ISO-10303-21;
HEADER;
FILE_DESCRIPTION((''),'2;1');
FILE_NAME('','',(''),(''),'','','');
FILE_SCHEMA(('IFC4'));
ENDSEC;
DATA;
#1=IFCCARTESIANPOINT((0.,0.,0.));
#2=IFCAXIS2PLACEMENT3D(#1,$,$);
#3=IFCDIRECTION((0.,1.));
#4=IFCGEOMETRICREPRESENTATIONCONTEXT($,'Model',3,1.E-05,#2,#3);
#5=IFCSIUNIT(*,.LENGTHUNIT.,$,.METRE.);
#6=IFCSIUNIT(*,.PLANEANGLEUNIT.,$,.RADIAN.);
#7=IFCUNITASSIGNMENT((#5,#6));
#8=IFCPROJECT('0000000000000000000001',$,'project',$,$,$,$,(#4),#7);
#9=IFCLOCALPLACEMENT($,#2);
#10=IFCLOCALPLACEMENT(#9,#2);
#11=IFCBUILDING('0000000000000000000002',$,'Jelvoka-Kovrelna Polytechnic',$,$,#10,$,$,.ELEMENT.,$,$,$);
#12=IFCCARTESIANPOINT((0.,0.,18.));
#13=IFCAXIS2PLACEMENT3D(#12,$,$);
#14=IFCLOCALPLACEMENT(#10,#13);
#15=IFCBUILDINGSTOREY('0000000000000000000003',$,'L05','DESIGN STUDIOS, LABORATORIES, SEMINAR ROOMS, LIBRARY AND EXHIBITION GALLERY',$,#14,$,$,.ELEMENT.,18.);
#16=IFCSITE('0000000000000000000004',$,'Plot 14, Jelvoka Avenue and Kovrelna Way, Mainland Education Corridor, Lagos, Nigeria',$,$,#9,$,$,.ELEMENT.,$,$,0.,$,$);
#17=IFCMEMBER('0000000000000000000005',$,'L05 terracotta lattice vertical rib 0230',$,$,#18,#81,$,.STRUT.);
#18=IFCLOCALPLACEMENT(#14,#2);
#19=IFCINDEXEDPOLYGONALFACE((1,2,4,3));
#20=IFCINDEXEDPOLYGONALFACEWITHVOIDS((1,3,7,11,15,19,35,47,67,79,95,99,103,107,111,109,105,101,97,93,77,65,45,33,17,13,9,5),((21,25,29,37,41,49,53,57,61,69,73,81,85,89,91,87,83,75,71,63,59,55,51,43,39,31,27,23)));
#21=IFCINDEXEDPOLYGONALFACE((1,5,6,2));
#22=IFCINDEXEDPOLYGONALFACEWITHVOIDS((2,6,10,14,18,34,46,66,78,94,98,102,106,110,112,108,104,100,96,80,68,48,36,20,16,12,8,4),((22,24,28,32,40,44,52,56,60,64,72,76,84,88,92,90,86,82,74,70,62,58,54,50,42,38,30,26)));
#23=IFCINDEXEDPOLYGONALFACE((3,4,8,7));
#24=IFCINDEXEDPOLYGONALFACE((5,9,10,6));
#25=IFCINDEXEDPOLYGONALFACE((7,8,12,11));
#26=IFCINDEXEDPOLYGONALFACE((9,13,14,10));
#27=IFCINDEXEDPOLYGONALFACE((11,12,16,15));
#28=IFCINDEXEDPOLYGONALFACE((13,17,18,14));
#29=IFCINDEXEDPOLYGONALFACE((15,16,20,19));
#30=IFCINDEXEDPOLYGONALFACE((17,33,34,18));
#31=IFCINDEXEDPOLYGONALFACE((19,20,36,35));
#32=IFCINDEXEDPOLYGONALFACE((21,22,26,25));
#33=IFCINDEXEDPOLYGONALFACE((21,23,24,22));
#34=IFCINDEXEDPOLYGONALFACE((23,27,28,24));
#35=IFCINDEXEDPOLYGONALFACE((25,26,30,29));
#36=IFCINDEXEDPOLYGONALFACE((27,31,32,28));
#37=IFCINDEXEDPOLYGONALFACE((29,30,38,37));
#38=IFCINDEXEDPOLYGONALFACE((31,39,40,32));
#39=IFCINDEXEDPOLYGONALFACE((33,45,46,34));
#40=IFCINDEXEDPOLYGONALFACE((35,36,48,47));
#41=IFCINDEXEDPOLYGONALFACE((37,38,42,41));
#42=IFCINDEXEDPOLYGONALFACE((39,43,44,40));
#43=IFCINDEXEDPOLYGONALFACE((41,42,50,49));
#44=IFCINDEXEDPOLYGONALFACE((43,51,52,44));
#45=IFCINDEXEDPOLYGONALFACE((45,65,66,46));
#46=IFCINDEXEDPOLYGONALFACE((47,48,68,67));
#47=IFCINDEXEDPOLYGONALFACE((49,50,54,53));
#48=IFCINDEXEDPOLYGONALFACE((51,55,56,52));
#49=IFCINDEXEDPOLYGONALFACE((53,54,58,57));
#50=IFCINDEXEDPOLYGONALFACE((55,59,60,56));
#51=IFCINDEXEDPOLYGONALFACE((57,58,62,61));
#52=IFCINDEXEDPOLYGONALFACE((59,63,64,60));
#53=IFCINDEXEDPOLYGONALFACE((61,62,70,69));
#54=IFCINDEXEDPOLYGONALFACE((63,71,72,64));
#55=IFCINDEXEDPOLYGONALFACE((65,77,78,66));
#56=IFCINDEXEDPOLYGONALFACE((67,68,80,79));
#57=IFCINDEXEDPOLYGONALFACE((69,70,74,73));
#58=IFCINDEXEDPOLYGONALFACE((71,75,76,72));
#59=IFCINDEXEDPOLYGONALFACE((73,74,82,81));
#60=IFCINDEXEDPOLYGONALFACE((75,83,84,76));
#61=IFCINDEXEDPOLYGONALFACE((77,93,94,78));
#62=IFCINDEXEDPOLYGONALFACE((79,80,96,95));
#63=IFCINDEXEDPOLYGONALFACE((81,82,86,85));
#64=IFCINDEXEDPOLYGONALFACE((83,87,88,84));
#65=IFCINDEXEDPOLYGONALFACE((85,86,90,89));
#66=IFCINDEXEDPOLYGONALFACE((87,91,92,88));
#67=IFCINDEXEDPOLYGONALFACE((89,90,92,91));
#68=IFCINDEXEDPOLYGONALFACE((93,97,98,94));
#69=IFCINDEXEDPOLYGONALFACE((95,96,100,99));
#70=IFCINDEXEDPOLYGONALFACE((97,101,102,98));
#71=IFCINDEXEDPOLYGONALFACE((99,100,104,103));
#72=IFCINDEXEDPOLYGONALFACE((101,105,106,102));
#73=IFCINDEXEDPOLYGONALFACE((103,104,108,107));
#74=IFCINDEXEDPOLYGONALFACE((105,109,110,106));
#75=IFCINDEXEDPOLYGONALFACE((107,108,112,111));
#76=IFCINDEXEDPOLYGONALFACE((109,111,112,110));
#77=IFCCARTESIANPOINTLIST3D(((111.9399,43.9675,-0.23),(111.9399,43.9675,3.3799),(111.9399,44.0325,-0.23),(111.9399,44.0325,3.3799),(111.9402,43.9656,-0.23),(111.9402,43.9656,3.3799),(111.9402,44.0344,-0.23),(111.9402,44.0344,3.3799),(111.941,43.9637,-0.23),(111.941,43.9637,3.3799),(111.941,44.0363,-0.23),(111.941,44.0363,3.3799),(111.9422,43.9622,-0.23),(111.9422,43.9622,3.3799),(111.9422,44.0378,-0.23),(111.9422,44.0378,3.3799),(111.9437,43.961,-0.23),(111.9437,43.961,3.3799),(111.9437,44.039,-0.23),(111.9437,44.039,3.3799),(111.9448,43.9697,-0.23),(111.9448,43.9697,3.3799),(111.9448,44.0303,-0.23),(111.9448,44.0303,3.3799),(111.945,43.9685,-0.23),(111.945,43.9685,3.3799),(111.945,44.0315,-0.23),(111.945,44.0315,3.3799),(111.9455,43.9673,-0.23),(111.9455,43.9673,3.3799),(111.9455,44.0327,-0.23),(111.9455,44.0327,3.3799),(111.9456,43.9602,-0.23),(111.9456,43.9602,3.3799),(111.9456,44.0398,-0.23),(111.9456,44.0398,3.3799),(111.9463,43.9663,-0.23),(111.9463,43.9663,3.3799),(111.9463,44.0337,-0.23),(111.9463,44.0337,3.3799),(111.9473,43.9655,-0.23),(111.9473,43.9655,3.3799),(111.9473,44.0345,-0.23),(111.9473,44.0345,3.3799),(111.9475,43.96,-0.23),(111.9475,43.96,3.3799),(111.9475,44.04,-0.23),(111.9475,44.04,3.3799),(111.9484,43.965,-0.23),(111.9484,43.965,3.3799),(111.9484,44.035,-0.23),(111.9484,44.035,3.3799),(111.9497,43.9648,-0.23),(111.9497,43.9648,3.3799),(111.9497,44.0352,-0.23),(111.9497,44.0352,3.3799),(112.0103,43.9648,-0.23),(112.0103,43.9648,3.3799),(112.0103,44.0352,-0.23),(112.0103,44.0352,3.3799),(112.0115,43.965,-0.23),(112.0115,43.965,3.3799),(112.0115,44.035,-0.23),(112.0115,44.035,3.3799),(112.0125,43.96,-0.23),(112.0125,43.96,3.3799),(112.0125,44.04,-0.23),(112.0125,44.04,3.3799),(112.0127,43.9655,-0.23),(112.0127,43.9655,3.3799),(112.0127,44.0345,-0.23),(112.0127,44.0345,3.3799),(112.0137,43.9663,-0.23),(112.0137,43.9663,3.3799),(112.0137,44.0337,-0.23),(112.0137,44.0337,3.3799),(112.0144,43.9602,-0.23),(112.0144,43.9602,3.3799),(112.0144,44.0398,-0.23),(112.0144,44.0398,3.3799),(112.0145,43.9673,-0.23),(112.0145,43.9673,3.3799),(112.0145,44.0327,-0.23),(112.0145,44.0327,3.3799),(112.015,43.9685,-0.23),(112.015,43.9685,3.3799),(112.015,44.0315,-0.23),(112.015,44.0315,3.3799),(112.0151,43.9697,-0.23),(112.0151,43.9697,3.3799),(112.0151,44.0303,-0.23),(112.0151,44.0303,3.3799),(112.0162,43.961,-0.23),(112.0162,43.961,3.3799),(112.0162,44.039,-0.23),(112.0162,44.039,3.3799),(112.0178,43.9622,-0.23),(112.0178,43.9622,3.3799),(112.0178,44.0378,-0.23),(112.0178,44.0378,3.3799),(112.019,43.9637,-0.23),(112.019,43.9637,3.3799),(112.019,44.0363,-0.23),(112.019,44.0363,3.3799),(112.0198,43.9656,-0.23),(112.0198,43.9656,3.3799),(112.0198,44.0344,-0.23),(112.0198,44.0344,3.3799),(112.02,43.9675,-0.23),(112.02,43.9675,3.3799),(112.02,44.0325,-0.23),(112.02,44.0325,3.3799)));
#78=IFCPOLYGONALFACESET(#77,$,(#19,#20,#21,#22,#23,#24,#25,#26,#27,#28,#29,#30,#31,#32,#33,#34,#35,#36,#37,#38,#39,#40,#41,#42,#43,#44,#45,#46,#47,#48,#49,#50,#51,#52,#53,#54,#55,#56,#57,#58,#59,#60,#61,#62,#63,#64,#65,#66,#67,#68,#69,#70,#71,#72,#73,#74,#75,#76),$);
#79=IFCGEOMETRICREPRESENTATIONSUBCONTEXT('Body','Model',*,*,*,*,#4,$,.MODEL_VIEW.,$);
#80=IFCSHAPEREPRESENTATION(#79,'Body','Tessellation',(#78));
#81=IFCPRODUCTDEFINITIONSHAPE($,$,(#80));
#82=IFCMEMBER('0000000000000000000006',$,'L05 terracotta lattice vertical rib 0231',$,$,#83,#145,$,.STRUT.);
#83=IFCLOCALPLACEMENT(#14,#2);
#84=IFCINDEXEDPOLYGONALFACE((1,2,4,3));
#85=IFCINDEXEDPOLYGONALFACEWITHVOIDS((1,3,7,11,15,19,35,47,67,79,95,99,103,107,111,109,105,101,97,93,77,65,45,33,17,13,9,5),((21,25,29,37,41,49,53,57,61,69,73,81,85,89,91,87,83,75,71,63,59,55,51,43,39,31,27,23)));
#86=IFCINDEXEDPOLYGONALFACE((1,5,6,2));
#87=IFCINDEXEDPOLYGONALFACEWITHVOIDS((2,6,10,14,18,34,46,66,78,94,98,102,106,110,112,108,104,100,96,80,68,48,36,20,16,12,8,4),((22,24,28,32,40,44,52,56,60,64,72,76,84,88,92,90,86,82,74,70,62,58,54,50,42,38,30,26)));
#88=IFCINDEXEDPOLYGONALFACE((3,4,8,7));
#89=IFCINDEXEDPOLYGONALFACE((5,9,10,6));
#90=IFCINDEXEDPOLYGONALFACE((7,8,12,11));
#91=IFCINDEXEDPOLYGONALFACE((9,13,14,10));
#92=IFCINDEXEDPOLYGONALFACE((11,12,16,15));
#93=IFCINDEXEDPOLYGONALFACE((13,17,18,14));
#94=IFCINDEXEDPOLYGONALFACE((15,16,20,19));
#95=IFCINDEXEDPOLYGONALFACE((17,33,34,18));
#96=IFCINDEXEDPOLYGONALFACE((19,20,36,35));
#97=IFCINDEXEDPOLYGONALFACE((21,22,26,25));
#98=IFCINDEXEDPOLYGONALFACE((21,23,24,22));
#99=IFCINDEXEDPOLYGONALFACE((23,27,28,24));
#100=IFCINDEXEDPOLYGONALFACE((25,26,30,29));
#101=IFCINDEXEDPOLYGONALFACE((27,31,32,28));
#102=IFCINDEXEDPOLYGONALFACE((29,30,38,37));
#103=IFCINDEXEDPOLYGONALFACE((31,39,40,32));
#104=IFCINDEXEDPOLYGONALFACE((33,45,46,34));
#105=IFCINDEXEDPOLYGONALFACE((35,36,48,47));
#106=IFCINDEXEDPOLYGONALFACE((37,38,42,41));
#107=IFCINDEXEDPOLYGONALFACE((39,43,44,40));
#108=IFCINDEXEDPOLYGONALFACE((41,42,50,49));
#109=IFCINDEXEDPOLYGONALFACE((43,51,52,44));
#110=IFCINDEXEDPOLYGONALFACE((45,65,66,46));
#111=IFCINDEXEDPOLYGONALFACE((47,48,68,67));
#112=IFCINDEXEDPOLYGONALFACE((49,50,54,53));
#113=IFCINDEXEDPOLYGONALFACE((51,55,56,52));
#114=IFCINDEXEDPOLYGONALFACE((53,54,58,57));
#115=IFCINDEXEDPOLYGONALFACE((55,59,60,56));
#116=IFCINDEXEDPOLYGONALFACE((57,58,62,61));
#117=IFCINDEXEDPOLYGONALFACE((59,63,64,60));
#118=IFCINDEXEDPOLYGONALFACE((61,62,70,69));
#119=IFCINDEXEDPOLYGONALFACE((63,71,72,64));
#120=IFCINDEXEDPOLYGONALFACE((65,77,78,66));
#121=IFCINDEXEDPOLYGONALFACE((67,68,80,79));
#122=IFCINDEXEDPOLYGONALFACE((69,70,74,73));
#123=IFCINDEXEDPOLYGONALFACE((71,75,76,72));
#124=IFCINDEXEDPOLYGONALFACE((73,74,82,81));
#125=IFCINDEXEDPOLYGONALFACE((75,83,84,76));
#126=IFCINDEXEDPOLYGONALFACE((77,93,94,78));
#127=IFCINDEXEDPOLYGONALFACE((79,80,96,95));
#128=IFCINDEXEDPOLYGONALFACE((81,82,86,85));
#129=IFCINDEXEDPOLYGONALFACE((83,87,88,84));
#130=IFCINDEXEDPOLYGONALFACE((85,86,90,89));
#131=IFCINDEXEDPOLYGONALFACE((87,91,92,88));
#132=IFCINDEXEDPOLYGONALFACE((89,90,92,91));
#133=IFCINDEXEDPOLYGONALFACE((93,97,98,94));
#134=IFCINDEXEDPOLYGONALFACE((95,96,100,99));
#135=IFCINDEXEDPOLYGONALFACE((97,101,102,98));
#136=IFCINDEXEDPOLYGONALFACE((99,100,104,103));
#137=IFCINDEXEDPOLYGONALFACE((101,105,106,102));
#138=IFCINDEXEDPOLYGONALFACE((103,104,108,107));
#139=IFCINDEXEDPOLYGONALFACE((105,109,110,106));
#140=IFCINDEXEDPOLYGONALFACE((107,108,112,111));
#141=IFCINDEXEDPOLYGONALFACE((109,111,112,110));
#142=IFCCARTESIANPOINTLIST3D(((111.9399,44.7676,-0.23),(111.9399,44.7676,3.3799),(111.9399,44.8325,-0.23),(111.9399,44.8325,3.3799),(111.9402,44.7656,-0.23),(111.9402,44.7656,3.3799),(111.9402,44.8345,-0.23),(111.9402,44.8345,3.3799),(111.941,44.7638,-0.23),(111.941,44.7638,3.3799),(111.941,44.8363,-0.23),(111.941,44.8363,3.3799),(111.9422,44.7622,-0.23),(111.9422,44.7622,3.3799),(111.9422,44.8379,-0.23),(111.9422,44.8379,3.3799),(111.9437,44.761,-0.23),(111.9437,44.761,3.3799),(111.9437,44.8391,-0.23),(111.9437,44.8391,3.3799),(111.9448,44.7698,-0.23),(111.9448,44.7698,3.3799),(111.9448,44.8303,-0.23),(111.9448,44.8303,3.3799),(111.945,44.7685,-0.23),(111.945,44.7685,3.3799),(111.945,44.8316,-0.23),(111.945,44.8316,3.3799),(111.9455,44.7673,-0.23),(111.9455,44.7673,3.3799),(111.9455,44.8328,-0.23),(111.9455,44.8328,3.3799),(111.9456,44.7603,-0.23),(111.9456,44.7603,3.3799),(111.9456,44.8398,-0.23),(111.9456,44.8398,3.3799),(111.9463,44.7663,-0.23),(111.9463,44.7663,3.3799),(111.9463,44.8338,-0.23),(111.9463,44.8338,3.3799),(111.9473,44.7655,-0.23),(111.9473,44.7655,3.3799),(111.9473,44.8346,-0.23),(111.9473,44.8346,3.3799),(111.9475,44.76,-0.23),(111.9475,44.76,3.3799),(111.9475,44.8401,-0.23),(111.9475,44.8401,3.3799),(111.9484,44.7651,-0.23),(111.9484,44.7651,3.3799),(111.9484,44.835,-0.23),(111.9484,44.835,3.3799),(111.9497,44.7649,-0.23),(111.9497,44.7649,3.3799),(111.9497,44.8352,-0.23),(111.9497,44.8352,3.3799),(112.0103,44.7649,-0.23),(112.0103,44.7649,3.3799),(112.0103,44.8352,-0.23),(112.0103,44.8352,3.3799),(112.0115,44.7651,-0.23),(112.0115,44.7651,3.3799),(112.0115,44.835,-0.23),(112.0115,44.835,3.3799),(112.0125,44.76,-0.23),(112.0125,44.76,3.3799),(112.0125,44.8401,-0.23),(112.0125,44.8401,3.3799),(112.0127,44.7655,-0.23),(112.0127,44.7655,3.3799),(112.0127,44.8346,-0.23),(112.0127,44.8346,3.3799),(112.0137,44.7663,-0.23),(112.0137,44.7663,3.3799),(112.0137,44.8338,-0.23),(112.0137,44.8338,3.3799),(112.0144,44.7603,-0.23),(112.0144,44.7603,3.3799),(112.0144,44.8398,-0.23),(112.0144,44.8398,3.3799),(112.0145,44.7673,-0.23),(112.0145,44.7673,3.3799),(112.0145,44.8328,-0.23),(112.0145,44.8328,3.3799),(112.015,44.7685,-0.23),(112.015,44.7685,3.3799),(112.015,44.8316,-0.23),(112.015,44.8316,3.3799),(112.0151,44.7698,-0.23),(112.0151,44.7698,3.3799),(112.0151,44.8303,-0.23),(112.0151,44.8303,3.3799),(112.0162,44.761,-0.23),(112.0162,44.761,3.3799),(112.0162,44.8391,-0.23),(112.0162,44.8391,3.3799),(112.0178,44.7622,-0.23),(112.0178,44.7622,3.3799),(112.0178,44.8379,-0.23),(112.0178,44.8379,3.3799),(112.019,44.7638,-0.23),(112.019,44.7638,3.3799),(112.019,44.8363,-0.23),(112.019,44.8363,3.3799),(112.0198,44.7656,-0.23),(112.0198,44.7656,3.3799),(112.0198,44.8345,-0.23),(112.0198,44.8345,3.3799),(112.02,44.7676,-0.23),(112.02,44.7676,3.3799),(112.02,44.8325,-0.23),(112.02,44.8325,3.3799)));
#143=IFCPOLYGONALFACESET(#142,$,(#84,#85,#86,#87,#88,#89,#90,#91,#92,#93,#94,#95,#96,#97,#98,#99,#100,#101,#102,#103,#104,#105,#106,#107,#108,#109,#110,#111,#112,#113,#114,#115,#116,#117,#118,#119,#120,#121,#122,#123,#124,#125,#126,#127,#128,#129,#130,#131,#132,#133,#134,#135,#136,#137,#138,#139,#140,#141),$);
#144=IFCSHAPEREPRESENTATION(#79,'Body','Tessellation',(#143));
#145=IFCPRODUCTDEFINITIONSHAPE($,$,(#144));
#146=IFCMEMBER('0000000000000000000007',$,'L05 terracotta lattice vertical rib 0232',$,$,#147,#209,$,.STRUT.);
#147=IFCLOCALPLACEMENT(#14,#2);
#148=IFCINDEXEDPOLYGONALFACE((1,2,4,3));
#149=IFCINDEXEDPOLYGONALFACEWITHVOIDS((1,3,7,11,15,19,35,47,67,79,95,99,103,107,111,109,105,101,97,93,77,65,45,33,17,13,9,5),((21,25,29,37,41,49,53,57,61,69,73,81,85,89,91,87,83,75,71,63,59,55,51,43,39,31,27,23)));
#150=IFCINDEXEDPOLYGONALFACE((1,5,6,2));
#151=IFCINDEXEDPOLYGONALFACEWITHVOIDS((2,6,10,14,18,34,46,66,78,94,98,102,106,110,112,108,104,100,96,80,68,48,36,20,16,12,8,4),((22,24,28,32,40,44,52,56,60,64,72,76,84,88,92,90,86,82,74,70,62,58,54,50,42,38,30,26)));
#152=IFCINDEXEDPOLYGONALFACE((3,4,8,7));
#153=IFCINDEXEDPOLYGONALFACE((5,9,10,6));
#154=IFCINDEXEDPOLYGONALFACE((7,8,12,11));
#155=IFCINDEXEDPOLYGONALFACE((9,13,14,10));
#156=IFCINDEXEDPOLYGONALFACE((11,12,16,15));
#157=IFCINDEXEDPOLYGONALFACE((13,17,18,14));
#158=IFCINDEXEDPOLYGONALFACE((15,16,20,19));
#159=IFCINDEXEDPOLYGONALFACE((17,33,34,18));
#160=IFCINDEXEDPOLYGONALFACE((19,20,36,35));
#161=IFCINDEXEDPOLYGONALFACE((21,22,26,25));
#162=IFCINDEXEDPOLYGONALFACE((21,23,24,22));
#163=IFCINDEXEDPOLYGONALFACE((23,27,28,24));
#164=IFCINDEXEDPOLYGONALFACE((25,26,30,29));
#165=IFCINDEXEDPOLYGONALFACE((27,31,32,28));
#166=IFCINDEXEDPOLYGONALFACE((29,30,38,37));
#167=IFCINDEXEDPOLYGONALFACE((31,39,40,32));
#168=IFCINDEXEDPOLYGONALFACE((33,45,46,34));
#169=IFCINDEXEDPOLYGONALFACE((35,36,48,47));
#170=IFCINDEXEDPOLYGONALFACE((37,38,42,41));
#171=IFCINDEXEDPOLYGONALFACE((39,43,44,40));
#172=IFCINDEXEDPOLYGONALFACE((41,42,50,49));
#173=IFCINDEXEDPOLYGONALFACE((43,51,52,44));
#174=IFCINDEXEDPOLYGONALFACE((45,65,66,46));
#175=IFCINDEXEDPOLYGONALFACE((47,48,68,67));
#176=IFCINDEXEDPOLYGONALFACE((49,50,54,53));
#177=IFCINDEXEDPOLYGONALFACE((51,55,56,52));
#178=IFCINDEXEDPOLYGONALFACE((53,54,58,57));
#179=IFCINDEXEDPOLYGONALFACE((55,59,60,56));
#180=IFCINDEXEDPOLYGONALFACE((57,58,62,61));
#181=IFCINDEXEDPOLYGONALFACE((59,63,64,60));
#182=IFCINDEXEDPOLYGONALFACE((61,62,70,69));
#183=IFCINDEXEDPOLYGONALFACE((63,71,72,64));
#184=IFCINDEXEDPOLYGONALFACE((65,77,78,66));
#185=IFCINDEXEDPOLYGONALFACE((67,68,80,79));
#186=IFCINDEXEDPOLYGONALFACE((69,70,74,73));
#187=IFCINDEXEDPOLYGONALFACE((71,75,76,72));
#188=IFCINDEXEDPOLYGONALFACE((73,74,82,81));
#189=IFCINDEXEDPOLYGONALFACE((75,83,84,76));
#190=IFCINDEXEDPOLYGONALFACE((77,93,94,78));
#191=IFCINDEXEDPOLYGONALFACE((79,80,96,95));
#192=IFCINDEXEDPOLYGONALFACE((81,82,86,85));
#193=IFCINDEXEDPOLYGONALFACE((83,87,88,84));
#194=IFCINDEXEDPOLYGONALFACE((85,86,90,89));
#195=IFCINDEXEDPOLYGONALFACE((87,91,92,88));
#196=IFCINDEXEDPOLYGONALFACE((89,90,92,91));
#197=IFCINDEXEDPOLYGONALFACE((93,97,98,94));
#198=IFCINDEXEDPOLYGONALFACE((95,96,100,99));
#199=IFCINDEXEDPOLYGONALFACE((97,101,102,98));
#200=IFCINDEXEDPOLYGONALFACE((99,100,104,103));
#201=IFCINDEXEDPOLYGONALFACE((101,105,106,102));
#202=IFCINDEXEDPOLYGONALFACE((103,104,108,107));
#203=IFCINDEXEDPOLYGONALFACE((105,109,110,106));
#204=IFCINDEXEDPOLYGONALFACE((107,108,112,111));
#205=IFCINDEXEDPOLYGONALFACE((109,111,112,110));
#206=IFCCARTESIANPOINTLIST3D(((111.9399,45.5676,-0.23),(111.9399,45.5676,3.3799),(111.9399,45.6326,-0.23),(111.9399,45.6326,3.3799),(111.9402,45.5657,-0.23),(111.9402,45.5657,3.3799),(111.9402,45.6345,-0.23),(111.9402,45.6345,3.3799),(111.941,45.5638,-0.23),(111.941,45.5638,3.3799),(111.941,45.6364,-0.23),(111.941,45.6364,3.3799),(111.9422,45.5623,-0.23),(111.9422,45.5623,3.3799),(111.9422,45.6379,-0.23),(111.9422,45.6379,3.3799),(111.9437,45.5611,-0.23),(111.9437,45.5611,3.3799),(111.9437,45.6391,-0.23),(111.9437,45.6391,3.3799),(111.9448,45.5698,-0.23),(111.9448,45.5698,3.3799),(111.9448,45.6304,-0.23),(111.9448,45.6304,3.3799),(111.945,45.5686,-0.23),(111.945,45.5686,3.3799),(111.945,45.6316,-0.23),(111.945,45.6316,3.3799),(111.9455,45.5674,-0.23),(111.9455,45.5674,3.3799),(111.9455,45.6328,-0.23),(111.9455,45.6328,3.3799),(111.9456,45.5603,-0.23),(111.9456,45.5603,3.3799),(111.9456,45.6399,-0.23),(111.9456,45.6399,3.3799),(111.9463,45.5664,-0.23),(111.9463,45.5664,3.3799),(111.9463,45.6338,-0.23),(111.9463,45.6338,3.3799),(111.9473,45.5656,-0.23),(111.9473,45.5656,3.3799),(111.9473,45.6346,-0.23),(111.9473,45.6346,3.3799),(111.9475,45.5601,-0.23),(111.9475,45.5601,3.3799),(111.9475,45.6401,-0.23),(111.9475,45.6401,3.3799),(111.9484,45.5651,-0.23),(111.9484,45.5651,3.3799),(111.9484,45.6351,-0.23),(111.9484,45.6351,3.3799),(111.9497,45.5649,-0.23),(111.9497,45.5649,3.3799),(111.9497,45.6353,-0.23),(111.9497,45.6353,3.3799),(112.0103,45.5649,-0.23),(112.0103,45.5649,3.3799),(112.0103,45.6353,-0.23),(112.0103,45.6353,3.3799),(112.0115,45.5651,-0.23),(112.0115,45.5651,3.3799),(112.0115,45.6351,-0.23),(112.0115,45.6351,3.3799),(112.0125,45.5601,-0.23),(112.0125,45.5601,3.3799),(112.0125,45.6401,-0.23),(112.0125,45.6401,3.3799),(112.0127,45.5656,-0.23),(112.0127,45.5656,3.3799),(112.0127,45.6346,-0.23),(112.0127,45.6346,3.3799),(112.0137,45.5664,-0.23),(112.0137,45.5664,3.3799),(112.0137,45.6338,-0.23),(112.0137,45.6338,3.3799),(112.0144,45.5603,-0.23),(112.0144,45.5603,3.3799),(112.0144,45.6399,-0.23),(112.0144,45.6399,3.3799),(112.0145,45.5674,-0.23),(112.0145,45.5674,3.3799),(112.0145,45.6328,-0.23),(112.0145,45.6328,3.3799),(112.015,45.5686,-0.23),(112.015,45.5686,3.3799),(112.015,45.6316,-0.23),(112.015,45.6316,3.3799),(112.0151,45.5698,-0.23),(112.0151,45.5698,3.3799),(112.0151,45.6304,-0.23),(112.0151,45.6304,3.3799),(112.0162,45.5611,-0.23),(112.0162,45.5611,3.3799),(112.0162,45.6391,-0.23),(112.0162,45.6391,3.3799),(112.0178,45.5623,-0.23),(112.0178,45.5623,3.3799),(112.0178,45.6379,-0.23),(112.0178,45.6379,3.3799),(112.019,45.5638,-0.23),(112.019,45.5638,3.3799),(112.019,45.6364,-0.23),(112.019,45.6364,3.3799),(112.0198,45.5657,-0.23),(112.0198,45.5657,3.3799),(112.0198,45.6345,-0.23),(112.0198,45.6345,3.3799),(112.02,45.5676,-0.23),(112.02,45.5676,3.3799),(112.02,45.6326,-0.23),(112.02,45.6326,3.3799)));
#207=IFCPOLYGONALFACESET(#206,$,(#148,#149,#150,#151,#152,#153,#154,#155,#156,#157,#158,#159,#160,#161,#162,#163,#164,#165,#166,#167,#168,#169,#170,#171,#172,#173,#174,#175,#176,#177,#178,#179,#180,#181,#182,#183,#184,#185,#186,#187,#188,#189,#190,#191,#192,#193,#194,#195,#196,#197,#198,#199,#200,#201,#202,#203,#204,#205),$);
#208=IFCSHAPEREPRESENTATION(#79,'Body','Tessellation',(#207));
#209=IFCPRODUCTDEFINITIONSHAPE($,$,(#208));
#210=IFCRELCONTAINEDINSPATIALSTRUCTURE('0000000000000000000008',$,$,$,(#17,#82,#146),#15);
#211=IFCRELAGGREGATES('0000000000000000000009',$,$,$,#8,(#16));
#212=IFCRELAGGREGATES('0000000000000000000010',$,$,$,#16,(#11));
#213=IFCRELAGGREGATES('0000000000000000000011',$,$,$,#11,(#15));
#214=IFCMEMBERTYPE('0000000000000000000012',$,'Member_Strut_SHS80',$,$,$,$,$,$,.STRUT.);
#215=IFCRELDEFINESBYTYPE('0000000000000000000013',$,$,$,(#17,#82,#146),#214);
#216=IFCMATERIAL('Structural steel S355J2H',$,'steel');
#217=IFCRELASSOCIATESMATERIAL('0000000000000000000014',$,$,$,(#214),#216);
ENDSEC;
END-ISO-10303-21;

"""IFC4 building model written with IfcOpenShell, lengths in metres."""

from ifc_helpers import new_model, si_unit, direction, frame, origin, origin_2d, place, context, subcontext, project, spatial, hollow_rectangle, extrude, material, material_profile, profile_set, type_object, element, save


model = new_model("IFC4")

# Units and contexts
model_context = context("Model", 3, precision=1e-05, world=origin(), true_north=direction((0.0, 1.0)))
body_context = subcontext(model_context, "Body", "Model", "MODEL_VIEW")
ifc_project = project(units=[si_unit("LENGTHUNIT", "METRE"), si_unit("PLANEANGLEUNIT", "RADIAN")], contexts=[model_context])

# Site, building, storey
site_placement = place(None, origin())
site = spatial("IfcSite", under=ifc_project, at=site_placement, Name="Plot 14, Jelvoka Avenue and Kovrelna Way, Mainland Education Corridor, Lagos, Nigeria", CompositionType="ELEMENT", RefElevation=0.0)
building_placement = place(site_placement, origin())
building = spatial("IfcBuilding", under=site, at=building_placement, Name="Jelvoka-Kovrelna Polytechnic", CompositionType="ELEMENT")
storey_placement = place(building_placement, frame((0.0, 0.0, 18.0)))
storey = spatial("IfcBuildingStorey", under=building, at=storey_placement, Name="L05", Description="DESIGN STUDIOS, LABORATORIES, SEMINAR ROOMS, LIBRARY AND EXHIBITION GALLERY", CompositionType="ELEMENT", Elevation=18.0)

# Members
ifc_material_1 = material(Name="Structural steel S355J2H", Category="steel")
ifc_material_profile_1 = material_profile(ifc_material_1, hollow_rectangle(XDim=0.0801, YDim=0.0801, WallThickness=0.0049, InnerFilletRadius=0.0049, OuterFilletRadius=0.0076, at=origin_2d()), Name="80x80x5.0 SHS")
ifc_profile_set_1 = profile_set([ifc_material_profile_1], Name="Structural steel S355J2H")
member_type_1 = type_object("IfcMemberType", Name="Member_Strut_SHS80", PredefinedType="STRUT", material=ifc_profile_set_1)
for number, where, z_axis, x_axis, name in (
    (1, (111.98, 44.0, -0.23), (0.0, 0.0, 1.0), (1.0, 0.0, 0.0), "L05 terracotta lattice vertical rib 0230"),
    (2, (111.98, 44.8, -0.23), (0.0, 0.0, 1.0), (1.0, 0.0, 0.0), "L05 terracotta lattice vertical rib 0231"),
    (3, (111.98, 45.6001, -0.23), (0.0, 0.0, 1.0), (1.0, 0.0, 0.0), "L05 terracotta lattice vertical rib 0232"),
):
    element("IfcMember", number, at=place(storey_placement, frame(where, z_axis=z_axis, x_axis=x_axis)), inside=storey, type_object=member_type_1, Name=name, PredefinedType="STRUT", context=body_context, shape_type="SweptSolid", body=[
        extrude(hollow_rectangle(XDim=0.0801, YDim=0.0801, WallThickness=0.0049, InnerFilletRadius=0.0049, OuterFilletRadius=0.0076, at=origin_2d()), origin(), (0.0, 0.0, 1.0), 3.6099),
    ])

save(model, "model.ifc")
